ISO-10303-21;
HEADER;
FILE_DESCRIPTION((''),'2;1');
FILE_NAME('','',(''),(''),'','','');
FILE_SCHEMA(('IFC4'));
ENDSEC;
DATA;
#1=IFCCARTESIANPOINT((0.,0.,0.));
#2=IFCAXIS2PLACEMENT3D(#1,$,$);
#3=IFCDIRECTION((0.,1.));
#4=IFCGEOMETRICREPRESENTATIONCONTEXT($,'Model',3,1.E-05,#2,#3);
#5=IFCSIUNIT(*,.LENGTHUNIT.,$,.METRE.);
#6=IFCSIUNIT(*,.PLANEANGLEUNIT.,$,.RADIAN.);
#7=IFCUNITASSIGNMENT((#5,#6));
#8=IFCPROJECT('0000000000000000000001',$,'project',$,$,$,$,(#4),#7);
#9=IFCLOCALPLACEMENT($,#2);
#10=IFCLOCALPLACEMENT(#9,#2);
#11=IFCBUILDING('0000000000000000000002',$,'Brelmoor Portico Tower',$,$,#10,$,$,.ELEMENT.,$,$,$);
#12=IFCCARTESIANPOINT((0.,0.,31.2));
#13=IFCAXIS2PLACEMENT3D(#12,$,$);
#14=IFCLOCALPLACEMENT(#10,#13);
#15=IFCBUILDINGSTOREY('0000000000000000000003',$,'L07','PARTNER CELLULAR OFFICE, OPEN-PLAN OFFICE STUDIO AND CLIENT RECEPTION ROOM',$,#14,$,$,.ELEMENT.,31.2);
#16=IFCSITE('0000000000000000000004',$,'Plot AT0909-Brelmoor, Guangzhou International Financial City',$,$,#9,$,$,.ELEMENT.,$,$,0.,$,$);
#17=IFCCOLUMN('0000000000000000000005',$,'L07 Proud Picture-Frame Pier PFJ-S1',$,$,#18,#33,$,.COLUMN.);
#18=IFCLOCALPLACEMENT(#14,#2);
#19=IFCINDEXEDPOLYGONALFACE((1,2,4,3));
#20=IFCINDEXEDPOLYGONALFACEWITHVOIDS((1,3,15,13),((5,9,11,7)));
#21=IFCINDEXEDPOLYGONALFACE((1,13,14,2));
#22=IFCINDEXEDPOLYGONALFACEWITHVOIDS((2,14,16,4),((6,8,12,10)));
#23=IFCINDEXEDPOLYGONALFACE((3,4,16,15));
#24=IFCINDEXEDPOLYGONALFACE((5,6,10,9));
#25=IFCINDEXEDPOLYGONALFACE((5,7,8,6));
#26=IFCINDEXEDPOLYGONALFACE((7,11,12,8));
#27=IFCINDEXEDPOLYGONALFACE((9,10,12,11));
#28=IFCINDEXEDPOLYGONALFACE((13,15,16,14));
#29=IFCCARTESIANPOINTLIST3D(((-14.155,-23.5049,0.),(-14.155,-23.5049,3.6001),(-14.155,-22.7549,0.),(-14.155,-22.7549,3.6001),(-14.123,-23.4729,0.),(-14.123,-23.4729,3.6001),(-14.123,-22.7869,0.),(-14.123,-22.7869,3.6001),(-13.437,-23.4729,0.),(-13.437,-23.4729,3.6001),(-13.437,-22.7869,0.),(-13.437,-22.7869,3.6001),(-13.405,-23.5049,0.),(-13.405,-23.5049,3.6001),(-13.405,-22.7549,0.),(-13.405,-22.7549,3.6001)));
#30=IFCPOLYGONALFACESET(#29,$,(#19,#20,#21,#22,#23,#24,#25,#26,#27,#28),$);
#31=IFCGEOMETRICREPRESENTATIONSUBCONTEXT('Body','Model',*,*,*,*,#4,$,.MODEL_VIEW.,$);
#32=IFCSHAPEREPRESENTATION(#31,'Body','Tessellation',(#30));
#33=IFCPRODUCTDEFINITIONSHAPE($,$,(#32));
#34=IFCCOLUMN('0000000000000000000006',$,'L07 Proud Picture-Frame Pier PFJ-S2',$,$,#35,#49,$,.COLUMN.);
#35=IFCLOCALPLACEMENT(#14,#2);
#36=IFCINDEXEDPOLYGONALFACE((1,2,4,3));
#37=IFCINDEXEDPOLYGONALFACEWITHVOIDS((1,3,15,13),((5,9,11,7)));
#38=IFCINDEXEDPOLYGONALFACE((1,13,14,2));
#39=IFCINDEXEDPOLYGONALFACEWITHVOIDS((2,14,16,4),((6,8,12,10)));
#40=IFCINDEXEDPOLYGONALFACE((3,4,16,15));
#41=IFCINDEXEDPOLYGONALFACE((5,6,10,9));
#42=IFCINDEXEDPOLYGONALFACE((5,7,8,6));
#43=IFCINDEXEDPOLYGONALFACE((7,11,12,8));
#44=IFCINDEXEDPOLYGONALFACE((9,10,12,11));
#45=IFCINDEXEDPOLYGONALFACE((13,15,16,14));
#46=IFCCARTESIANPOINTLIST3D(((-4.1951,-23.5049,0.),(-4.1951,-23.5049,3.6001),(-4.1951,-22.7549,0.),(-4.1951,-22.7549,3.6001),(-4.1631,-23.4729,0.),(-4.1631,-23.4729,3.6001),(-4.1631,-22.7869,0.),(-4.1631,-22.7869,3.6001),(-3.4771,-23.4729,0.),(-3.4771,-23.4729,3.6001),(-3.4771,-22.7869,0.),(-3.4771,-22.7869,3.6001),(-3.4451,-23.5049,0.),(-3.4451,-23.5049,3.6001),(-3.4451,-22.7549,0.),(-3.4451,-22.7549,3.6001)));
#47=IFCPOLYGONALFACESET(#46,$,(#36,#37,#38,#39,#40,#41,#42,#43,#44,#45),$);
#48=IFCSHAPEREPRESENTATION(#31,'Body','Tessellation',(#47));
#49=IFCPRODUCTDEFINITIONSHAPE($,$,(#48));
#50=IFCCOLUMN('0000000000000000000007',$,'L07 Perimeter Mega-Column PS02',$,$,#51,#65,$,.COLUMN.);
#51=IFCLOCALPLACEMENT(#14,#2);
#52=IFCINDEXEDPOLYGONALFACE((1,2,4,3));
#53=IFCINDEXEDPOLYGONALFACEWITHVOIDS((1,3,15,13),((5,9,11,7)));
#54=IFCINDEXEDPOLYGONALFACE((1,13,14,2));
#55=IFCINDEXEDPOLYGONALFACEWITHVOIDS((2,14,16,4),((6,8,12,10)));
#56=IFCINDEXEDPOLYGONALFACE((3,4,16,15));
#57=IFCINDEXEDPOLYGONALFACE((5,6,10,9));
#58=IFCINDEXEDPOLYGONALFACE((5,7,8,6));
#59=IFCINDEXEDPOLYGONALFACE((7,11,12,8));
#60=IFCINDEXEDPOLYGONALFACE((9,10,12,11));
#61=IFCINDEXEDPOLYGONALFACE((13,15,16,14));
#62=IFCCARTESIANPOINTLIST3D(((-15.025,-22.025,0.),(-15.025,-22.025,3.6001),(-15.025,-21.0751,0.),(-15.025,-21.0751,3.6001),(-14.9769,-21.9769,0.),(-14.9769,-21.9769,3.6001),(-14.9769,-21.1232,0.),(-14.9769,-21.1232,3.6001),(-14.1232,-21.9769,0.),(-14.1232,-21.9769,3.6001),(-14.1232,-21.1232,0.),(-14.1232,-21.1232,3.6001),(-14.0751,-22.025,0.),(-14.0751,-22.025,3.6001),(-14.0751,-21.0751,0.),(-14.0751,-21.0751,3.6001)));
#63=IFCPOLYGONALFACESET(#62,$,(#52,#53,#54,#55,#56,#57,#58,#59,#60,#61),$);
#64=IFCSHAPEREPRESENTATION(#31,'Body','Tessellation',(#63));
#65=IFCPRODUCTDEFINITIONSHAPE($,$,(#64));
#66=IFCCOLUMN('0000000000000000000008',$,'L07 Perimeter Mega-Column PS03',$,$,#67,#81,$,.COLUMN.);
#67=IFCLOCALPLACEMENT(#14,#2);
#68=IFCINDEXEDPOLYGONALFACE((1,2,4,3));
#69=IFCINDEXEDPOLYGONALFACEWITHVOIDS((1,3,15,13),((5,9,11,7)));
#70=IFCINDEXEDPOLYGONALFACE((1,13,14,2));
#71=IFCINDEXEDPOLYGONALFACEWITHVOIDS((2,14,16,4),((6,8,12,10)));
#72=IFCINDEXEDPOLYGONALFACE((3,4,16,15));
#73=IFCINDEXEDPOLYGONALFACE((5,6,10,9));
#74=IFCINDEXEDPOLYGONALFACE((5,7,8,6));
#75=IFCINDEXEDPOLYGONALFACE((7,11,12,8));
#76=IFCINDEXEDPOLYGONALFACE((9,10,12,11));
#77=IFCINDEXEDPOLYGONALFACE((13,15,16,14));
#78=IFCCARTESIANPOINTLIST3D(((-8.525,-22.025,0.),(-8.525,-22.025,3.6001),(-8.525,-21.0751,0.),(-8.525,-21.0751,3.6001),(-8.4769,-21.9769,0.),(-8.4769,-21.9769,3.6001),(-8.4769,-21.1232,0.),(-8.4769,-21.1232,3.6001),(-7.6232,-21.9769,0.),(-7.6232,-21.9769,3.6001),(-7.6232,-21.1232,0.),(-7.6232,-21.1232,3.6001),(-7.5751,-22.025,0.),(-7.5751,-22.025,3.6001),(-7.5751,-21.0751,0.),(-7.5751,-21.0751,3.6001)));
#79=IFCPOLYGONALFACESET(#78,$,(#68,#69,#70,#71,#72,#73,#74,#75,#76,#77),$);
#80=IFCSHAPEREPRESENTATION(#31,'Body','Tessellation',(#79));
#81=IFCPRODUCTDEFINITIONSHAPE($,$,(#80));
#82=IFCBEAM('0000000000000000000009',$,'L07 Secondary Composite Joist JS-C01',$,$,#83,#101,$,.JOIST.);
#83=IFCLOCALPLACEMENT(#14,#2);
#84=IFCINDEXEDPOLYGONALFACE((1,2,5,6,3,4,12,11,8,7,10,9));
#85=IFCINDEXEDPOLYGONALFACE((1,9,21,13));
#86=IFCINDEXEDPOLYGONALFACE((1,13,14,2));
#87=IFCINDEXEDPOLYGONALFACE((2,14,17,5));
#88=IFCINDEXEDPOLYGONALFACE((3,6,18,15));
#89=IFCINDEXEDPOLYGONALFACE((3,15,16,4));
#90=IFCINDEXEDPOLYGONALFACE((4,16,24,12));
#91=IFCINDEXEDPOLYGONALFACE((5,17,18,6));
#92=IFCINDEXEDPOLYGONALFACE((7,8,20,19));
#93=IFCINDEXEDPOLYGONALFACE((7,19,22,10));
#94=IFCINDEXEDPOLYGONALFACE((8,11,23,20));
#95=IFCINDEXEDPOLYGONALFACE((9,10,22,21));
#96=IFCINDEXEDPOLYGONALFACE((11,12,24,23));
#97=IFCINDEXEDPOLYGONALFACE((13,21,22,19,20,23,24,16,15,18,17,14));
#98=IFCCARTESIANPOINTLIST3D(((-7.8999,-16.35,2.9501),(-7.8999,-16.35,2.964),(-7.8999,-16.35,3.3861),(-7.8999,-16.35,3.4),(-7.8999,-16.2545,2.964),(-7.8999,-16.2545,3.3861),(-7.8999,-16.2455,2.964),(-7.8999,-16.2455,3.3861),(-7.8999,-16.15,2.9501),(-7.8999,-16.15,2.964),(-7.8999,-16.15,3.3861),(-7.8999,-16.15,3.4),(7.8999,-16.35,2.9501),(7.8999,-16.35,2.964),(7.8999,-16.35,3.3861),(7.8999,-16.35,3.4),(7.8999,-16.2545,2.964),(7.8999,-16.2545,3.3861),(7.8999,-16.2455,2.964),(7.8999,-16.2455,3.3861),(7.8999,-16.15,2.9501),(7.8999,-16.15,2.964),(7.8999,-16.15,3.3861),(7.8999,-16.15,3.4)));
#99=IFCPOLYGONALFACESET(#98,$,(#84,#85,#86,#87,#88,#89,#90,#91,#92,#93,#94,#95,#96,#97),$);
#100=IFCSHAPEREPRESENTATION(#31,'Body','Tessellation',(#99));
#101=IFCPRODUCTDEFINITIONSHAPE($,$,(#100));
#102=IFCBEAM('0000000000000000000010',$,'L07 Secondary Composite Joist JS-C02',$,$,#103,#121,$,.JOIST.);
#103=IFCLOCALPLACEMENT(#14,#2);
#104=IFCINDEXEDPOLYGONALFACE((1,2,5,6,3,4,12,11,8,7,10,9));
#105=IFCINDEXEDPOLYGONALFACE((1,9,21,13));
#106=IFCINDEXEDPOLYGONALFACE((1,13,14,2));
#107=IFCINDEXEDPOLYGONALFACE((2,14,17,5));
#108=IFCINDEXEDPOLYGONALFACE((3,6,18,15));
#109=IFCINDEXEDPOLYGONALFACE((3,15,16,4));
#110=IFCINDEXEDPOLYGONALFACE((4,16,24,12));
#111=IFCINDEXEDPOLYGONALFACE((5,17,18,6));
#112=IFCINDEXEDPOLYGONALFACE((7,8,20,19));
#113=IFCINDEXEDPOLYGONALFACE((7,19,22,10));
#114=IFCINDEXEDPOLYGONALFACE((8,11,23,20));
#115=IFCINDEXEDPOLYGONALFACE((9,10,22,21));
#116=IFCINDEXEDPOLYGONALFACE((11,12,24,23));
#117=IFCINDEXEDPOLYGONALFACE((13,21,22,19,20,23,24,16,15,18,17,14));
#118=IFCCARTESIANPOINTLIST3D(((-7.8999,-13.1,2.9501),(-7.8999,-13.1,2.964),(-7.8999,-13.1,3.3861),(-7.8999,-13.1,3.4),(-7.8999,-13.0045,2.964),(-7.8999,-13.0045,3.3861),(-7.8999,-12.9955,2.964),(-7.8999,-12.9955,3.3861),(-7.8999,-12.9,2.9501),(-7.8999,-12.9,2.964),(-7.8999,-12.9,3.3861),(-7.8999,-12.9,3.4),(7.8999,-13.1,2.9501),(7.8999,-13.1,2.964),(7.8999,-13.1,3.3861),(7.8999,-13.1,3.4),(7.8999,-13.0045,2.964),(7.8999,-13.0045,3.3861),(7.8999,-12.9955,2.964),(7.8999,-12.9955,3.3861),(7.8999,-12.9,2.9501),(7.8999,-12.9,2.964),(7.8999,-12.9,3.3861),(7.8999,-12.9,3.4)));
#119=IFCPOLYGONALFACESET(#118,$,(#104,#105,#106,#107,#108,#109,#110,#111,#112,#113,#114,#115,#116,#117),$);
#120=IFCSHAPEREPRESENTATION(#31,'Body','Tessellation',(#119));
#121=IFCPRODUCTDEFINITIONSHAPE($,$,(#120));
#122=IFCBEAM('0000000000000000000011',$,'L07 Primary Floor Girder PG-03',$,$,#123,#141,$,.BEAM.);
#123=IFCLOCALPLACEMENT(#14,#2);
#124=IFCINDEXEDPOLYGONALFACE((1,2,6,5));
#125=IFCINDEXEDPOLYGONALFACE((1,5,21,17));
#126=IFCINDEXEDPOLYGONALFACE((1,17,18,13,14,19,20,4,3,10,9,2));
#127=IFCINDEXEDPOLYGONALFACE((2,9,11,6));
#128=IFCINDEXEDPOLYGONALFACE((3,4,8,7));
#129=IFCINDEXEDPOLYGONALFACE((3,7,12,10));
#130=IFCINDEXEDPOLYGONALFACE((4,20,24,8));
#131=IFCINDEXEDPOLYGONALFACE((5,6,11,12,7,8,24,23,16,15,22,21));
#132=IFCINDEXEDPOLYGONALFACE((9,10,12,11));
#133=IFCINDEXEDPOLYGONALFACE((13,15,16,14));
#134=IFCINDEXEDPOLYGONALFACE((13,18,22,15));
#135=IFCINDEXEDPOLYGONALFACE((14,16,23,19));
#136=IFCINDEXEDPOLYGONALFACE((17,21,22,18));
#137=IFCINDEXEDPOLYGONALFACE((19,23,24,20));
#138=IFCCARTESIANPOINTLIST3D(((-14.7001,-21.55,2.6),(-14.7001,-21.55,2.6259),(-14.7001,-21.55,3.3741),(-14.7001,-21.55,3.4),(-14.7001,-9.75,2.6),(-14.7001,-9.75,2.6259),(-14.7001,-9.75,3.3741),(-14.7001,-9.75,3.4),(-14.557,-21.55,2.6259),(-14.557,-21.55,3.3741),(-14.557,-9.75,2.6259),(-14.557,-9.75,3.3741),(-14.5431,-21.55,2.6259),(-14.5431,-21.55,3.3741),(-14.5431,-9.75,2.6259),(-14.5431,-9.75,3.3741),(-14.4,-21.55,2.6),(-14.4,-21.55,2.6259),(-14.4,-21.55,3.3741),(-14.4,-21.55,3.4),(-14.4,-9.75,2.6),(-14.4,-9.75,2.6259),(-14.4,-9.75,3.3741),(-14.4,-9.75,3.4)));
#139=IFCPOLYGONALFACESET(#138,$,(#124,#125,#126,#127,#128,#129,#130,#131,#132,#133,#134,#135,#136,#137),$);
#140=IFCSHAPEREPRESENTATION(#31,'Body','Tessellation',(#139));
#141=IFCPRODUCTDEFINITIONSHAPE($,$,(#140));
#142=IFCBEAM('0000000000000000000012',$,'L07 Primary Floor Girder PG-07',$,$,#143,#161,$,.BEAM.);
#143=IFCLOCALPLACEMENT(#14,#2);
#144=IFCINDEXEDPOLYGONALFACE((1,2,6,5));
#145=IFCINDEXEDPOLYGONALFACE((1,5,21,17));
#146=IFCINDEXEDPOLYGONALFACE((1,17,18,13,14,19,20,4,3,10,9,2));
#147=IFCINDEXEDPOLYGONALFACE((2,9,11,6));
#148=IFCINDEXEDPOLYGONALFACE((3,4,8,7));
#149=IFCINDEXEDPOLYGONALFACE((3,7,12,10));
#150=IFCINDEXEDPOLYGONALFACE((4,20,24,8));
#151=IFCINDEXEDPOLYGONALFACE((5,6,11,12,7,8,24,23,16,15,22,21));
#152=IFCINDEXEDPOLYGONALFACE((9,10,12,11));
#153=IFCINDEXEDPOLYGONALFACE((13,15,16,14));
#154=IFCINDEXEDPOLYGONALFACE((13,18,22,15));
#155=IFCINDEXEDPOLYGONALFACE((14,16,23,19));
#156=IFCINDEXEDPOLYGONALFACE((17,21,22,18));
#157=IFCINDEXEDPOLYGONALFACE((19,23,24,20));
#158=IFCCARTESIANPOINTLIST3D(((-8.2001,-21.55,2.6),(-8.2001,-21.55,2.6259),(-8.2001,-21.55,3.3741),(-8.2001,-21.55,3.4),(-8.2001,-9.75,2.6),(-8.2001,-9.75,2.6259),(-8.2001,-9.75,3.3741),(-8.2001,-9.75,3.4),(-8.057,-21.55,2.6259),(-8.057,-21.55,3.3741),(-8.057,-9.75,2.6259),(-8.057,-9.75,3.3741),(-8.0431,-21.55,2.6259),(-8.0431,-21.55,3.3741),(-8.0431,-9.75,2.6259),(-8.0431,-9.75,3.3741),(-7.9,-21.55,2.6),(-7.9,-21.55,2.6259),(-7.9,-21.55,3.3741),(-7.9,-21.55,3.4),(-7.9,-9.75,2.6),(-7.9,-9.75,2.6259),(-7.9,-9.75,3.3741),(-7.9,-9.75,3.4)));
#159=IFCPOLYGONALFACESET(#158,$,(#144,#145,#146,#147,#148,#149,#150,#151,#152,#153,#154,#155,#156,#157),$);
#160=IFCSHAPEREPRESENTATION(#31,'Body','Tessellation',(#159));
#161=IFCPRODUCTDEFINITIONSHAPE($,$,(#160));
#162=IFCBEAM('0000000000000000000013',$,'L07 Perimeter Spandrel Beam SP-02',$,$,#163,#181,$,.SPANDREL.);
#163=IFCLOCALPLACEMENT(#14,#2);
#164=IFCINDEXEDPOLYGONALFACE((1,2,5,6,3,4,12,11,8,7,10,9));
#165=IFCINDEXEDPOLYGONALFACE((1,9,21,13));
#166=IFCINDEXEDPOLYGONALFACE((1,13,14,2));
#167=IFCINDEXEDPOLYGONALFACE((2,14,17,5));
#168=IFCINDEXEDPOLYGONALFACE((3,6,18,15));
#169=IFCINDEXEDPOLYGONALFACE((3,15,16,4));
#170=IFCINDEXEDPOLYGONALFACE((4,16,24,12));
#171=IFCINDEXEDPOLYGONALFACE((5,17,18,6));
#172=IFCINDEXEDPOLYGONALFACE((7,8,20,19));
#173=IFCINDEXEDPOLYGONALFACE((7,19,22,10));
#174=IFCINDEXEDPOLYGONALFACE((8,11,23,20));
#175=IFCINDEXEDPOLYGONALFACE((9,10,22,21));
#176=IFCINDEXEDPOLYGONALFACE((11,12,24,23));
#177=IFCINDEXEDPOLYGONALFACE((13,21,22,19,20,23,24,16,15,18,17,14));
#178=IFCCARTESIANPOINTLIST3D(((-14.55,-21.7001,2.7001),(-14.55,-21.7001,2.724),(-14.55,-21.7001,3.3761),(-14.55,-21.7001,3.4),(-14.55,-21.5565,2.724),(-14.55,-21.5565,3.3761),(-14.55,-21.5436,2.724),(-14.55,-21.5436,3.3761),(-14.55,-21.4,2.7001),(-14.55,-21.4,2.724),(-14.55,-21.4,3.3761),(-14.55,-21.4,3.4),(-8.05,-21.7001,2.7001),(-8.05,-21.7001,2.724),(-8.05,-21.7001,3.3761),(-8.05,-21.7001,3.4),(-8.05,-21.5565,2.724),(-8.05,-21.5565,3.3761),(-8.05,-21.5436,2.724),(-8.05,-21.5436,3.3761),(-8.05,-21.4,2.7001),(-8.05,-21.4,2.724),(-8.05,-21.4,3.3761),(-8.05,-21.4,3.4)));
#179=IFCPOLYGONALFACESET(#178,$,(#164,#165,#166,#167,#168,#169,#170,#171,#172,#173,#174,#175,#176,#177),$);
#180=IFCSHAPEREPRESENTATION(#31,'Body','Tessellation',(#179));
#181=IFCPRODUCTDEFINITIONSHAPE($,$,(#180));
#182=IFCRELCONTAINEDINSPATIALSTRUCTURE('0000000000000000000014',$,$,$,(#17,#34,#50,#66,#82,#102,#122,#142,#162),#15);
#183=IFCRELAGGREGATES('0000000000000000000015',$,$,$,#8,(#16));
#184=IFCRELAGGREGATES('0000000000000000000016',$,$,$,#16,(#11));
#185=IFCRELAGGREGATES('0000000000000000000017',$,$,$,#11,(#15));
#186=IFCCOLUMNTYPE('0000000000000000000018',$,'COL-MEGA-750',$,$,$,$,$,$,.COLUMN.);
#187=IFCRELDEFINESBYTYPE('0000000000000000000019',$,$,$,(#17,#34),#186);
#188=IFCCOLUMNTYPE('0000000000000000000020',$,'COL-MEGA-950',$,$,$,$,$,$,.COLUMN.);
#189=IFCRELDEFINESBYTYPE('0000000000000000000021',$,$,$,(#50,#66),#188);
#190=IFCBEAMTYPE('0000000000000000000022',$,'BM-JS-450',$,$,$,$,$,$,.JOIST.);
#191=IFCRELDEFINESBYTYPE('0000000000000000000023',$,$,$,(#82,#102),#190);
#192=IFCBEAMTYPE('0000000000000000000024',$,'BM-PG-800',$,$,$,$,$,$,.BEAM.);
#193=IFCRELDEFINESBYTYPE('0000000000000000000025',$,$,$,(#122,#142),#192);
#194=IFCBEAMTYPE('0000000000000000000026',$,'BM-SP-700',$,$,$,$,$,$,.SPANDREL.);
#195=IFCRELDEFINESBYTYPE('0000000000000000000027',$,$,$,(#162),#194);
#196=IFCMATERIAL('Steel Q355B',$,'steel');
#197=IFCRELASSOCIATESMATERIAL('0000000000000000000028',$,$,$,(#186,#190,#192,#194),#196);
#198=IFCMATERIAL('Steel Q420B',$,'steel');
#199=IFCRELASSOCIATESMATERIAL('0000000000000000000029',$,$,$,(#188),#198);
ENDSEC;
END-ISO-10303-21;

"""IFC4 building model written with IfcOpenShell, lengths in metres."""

from ifc_helpers import new_model, si_unit, direction, frame, origin, origin_2d, place, context, subcontext, project, spatial, hollow_rectangle, i_section, extrude, material, material_profile, profile_set, type_object, element, save


model = new_model("IFC4")

# Units and contexts
model_context = context("Model", 3, precision=1e-05, world=origin(), true_north=direction((0.0, 1.0)))
body_context = subcontext(model_context, "Body", "Model", "MODEL_VIEW")
ifc_project = project(units=[si_unit("LENGTHUNIT", "METRE"), si_unit("PLANEANGLEUNIT", "RADIAN")], contexts=[model_context])

# Site, building, storey
site_placement = place(None, origin())
site = spatial("IfcSite", under=ifc_project, at=site_placement, Name="Plot AT0909-Brelmoor, Guangzhou International Financial City", CompositionType="ELEMENT", RefElevation=0.0)
building_placement = place(site_placement, origin())
building = spatial("IfcBuilding", under=site, at=building_placement, Name="Brelmoor Portico Tower", CompositionType="ELEMENT")
storey_placement = place(building_placement, frame((0.0, 0.0, 31.2)))
storey = spatial("IfcBuildingStorey", under=building, at=storey_placement, Name="L07", Description="PARTNER CELLULAR OFFICE, OPEN-PLAN OFFICE STUDIO AND CLIENT RECEPTION ROOM", CompositionType="ELEMENT", Elevation=31.2)

# Columns
ifc_material_1 = material(Name="Steel Q355B", Category="steel")
ifc_material_profile_1 = material_profile(ifc_material_1, hollow_rectangle(XDim=0.75, YDim=0.75, WallThickness=0.032, at=origin_2d()), Name="BOX 750x750x32")
ifc_profile_set_1 = profile_set([ifc_material_profile_1], Name="Steel Q355B")
column_type_1 = type_object("IfcColumnType", Name="COL-MEGA-750", PredefinedType="COLUMN", material=ifc_profile_set_1)
for number, where, z_axis, x_axis, name in (
    (1, (-13.78, -23.1299, 0.0), (0.0, 0.0, 1.0), (1.0, 0.0, 0.0), "L07 Proud Picture-Frame Pier PFJ-S1"),
    (2, (-3.8201, -23.1299, 0.0), (0.0, 0.0, 1.0), (1.0, 0.0, 0.0), "L07 Proud Picture-Frame Pier PFJ-S2"),
):
    element("IfcColumn", number, at=place(storey_placement, frame(where, z_axis=z_axis, x_axis=x_axis)), inside=storey, type_object=column_type_1, Name=name, PredefinedType="COLUMN", context=body_context, shape_type="SweptSolid", body=[
        extrude(hollow_rectangle(XDim=0.75, YDim=0.75, WallThickness=0.032, at=origin_2d()), origin(), (0.0, 0.0, 1.0), 3.6001),
    ])
ifc_material_2 = material(Name="Steel Q420B", Category="steel")
ifc_material_profile_2 = material_profile(ifc_material_2, hollow_rectangle(XDim=0.95, YDim=0.95, WallThickness=0.0481, at=origin_2d()), Name="BOX 950x950x48")
ifc_profile_set_2 = profile_set([ifc_material_profile_2], Name="Steel Q420B")
column_type_2 = type_object("IfcColumnType", Name="COL-MEGA-950", PredefinedType="COLUMN", material=ifc_profile_set_2)
for number, where, z_axis, x_axis, name in (
    (3, (-14.55, -21.55, 0.0), (0.0, 0.0, 1.0), (1.0, 0.0, 0.0), "L07 Perimeter Mega-Column PS02"),
    (4, (-8.05, -21.55, 0.0), (0.0, 0.0, 1.0), (1.0, 0.0, 0.0), "L07 Perimeter Mega-Column PS03"),
):
    element("IfcColumn", number, at=place(storey_placement, frame(where, z_axis=z_axis, x_axis=x_axis)), inside=storey, type_object=column_type_2, Name=name, PredefinedType="COLUMN", context=body_context, shape_type="SweptSolid", body=[
        extrude(hollow_rectangle(XDim=0.95, YDim=0.95, WallThickness=0.0481, at=origin_2d()), origin(), (0.0, 0.0, 1.0), 3.6001),
    ])

# Beams
ifc_material_profile_3 = material_profile(ifc_material_1, i_section(OverallWidth=0.2, OverallDepth=0.45, WebThickness=0.009, FlangeThickness=0.0139, at=origin_2d()), Name="HN 450x200x9x14")
ifc_profile_set_3 = profile_set([ifc_material_profile_3], Name="Steel Q355B")
beam_type_1 = type_object("IfcBeamType", Name="BM-JS-450", PredefinedType="JOIST", material=ifc_profile_set_3)
for number, where, z_axis, x_axis, name in (
    (5, (-7.8999, -16.25, 3.175), (1.0, 0.0, 0.0), (0.0, 1.0, 0.0), "L07 Secondary Composite Joist JS-C01"),
    (6, (-7.8999, -13.0, 3.175), (1.0, 0.0, 0.0), (0.0, 1.0, 0.0), "L07 Secondary Composite Joist JS-C02"),
):
    element("IfcBeam", number, at=place(storey_placement, frame(where, z_axis=z_axis, x_axis=x_axis)), inside=storey, type_object=beam_type_1, Name=name, PredefinedType="JOIST", context=body_context, shape_type="SweptSolid", body=[
        extrude(i_section(OverallWidth=0.2, OverallDepth=0.45, WebThickness=0.009, FlangeThickness=0.0139, at=origin_2d()), origin(), (0.0, 0.0, 1.0), 15.7998),
    ])
ifc_material_profile_4 = material_profile(ifc_material_1, i_section(OverallWidth=0.3, OverallDepth=0.8, WebThickness=0.0139, FlangeThickness=0.0259, at=origin_2d()), Name="HN 800x300x14x26")
ifc_profile_set_4 = profile_set([ifc_material_profile_4], Name="Steel Q355B")
beam_type_2 = type_object("IfcBeamType", Name="BM-PG-800", PredefinedType="BEAM", material=ifc_profile_set_4)
for number, where, z_axis, x_axis, name in (
    (7, (-14.55, -21.55, 3.0), (0.0, 1.0, 0.0), (-1.0, 0.0, 0.0), "L07 Primary Floor Girder PG-03"),
    (8, (-8.05, -21.55, 3.0), (0.0, 1.0, 0.0), (-1.0, 0.0, 0.0), "L07 Primary Floor Girder PG-07"),
):
    element("IfcBeam", number, at=place(storey_placement, frame(where, z_axis=z_axis, x_axis=x_axis)), inside=storey, type_object=beam_type_2, Name=name, PredefinedType="BEAM", context=body_context, shape_type="SweptSolid", body=[
        extrude(i_section(OverallWidth=0.3, OverallDepth=0.8, WebThickness=0.0139, FlangeThickness=0.0259, at=origin_2d()), origin(), (0.0, 0.0, 1.0), 11.8),
    ])
ifc_material_profile_5 = material_profile(ifc_material_1, i_section(OverallWidth=0.3, OverallDepth=0.7, WebThickness=0.0129, FlangeThickness=0.0239, at=origin_2d()), Name="HN 700x300x13x24")
ifc_profile_set_5 = profile_set([ifc_material_profile_5], Name="Steel Q355B")
beam_type_3 = type_object("IfcBeamType", Name="BM-SP-700", PredefinedType="SPANDREL", material=ifc_profile_set_5)
beam_1_placement = place(storey_placement, frame((-14.55, -21.55, 3.05), z_axis=(1.0, 0.0, 0.0), x_axis=(0.0, 1.0, 0.0)))
element("IfcBeam", 9, at=beam_1_placement, inside=storey, type_object=beam_type_3, Name="L07 Perimeter Spandrel Beam SP-02", PredefinedType="SPANDREL", context=body_context, shape_type="SweptSolid", body=[
    extrude(i_section(OverallWidth=0.3, OverallDepth=0.7, WebThickness=0.0129, FlangeThickness=0.0239, at=origin_2d()), origin(), (0.0, 0.0, 1.0), 6.5),
])

save(model, "model.ifc")
